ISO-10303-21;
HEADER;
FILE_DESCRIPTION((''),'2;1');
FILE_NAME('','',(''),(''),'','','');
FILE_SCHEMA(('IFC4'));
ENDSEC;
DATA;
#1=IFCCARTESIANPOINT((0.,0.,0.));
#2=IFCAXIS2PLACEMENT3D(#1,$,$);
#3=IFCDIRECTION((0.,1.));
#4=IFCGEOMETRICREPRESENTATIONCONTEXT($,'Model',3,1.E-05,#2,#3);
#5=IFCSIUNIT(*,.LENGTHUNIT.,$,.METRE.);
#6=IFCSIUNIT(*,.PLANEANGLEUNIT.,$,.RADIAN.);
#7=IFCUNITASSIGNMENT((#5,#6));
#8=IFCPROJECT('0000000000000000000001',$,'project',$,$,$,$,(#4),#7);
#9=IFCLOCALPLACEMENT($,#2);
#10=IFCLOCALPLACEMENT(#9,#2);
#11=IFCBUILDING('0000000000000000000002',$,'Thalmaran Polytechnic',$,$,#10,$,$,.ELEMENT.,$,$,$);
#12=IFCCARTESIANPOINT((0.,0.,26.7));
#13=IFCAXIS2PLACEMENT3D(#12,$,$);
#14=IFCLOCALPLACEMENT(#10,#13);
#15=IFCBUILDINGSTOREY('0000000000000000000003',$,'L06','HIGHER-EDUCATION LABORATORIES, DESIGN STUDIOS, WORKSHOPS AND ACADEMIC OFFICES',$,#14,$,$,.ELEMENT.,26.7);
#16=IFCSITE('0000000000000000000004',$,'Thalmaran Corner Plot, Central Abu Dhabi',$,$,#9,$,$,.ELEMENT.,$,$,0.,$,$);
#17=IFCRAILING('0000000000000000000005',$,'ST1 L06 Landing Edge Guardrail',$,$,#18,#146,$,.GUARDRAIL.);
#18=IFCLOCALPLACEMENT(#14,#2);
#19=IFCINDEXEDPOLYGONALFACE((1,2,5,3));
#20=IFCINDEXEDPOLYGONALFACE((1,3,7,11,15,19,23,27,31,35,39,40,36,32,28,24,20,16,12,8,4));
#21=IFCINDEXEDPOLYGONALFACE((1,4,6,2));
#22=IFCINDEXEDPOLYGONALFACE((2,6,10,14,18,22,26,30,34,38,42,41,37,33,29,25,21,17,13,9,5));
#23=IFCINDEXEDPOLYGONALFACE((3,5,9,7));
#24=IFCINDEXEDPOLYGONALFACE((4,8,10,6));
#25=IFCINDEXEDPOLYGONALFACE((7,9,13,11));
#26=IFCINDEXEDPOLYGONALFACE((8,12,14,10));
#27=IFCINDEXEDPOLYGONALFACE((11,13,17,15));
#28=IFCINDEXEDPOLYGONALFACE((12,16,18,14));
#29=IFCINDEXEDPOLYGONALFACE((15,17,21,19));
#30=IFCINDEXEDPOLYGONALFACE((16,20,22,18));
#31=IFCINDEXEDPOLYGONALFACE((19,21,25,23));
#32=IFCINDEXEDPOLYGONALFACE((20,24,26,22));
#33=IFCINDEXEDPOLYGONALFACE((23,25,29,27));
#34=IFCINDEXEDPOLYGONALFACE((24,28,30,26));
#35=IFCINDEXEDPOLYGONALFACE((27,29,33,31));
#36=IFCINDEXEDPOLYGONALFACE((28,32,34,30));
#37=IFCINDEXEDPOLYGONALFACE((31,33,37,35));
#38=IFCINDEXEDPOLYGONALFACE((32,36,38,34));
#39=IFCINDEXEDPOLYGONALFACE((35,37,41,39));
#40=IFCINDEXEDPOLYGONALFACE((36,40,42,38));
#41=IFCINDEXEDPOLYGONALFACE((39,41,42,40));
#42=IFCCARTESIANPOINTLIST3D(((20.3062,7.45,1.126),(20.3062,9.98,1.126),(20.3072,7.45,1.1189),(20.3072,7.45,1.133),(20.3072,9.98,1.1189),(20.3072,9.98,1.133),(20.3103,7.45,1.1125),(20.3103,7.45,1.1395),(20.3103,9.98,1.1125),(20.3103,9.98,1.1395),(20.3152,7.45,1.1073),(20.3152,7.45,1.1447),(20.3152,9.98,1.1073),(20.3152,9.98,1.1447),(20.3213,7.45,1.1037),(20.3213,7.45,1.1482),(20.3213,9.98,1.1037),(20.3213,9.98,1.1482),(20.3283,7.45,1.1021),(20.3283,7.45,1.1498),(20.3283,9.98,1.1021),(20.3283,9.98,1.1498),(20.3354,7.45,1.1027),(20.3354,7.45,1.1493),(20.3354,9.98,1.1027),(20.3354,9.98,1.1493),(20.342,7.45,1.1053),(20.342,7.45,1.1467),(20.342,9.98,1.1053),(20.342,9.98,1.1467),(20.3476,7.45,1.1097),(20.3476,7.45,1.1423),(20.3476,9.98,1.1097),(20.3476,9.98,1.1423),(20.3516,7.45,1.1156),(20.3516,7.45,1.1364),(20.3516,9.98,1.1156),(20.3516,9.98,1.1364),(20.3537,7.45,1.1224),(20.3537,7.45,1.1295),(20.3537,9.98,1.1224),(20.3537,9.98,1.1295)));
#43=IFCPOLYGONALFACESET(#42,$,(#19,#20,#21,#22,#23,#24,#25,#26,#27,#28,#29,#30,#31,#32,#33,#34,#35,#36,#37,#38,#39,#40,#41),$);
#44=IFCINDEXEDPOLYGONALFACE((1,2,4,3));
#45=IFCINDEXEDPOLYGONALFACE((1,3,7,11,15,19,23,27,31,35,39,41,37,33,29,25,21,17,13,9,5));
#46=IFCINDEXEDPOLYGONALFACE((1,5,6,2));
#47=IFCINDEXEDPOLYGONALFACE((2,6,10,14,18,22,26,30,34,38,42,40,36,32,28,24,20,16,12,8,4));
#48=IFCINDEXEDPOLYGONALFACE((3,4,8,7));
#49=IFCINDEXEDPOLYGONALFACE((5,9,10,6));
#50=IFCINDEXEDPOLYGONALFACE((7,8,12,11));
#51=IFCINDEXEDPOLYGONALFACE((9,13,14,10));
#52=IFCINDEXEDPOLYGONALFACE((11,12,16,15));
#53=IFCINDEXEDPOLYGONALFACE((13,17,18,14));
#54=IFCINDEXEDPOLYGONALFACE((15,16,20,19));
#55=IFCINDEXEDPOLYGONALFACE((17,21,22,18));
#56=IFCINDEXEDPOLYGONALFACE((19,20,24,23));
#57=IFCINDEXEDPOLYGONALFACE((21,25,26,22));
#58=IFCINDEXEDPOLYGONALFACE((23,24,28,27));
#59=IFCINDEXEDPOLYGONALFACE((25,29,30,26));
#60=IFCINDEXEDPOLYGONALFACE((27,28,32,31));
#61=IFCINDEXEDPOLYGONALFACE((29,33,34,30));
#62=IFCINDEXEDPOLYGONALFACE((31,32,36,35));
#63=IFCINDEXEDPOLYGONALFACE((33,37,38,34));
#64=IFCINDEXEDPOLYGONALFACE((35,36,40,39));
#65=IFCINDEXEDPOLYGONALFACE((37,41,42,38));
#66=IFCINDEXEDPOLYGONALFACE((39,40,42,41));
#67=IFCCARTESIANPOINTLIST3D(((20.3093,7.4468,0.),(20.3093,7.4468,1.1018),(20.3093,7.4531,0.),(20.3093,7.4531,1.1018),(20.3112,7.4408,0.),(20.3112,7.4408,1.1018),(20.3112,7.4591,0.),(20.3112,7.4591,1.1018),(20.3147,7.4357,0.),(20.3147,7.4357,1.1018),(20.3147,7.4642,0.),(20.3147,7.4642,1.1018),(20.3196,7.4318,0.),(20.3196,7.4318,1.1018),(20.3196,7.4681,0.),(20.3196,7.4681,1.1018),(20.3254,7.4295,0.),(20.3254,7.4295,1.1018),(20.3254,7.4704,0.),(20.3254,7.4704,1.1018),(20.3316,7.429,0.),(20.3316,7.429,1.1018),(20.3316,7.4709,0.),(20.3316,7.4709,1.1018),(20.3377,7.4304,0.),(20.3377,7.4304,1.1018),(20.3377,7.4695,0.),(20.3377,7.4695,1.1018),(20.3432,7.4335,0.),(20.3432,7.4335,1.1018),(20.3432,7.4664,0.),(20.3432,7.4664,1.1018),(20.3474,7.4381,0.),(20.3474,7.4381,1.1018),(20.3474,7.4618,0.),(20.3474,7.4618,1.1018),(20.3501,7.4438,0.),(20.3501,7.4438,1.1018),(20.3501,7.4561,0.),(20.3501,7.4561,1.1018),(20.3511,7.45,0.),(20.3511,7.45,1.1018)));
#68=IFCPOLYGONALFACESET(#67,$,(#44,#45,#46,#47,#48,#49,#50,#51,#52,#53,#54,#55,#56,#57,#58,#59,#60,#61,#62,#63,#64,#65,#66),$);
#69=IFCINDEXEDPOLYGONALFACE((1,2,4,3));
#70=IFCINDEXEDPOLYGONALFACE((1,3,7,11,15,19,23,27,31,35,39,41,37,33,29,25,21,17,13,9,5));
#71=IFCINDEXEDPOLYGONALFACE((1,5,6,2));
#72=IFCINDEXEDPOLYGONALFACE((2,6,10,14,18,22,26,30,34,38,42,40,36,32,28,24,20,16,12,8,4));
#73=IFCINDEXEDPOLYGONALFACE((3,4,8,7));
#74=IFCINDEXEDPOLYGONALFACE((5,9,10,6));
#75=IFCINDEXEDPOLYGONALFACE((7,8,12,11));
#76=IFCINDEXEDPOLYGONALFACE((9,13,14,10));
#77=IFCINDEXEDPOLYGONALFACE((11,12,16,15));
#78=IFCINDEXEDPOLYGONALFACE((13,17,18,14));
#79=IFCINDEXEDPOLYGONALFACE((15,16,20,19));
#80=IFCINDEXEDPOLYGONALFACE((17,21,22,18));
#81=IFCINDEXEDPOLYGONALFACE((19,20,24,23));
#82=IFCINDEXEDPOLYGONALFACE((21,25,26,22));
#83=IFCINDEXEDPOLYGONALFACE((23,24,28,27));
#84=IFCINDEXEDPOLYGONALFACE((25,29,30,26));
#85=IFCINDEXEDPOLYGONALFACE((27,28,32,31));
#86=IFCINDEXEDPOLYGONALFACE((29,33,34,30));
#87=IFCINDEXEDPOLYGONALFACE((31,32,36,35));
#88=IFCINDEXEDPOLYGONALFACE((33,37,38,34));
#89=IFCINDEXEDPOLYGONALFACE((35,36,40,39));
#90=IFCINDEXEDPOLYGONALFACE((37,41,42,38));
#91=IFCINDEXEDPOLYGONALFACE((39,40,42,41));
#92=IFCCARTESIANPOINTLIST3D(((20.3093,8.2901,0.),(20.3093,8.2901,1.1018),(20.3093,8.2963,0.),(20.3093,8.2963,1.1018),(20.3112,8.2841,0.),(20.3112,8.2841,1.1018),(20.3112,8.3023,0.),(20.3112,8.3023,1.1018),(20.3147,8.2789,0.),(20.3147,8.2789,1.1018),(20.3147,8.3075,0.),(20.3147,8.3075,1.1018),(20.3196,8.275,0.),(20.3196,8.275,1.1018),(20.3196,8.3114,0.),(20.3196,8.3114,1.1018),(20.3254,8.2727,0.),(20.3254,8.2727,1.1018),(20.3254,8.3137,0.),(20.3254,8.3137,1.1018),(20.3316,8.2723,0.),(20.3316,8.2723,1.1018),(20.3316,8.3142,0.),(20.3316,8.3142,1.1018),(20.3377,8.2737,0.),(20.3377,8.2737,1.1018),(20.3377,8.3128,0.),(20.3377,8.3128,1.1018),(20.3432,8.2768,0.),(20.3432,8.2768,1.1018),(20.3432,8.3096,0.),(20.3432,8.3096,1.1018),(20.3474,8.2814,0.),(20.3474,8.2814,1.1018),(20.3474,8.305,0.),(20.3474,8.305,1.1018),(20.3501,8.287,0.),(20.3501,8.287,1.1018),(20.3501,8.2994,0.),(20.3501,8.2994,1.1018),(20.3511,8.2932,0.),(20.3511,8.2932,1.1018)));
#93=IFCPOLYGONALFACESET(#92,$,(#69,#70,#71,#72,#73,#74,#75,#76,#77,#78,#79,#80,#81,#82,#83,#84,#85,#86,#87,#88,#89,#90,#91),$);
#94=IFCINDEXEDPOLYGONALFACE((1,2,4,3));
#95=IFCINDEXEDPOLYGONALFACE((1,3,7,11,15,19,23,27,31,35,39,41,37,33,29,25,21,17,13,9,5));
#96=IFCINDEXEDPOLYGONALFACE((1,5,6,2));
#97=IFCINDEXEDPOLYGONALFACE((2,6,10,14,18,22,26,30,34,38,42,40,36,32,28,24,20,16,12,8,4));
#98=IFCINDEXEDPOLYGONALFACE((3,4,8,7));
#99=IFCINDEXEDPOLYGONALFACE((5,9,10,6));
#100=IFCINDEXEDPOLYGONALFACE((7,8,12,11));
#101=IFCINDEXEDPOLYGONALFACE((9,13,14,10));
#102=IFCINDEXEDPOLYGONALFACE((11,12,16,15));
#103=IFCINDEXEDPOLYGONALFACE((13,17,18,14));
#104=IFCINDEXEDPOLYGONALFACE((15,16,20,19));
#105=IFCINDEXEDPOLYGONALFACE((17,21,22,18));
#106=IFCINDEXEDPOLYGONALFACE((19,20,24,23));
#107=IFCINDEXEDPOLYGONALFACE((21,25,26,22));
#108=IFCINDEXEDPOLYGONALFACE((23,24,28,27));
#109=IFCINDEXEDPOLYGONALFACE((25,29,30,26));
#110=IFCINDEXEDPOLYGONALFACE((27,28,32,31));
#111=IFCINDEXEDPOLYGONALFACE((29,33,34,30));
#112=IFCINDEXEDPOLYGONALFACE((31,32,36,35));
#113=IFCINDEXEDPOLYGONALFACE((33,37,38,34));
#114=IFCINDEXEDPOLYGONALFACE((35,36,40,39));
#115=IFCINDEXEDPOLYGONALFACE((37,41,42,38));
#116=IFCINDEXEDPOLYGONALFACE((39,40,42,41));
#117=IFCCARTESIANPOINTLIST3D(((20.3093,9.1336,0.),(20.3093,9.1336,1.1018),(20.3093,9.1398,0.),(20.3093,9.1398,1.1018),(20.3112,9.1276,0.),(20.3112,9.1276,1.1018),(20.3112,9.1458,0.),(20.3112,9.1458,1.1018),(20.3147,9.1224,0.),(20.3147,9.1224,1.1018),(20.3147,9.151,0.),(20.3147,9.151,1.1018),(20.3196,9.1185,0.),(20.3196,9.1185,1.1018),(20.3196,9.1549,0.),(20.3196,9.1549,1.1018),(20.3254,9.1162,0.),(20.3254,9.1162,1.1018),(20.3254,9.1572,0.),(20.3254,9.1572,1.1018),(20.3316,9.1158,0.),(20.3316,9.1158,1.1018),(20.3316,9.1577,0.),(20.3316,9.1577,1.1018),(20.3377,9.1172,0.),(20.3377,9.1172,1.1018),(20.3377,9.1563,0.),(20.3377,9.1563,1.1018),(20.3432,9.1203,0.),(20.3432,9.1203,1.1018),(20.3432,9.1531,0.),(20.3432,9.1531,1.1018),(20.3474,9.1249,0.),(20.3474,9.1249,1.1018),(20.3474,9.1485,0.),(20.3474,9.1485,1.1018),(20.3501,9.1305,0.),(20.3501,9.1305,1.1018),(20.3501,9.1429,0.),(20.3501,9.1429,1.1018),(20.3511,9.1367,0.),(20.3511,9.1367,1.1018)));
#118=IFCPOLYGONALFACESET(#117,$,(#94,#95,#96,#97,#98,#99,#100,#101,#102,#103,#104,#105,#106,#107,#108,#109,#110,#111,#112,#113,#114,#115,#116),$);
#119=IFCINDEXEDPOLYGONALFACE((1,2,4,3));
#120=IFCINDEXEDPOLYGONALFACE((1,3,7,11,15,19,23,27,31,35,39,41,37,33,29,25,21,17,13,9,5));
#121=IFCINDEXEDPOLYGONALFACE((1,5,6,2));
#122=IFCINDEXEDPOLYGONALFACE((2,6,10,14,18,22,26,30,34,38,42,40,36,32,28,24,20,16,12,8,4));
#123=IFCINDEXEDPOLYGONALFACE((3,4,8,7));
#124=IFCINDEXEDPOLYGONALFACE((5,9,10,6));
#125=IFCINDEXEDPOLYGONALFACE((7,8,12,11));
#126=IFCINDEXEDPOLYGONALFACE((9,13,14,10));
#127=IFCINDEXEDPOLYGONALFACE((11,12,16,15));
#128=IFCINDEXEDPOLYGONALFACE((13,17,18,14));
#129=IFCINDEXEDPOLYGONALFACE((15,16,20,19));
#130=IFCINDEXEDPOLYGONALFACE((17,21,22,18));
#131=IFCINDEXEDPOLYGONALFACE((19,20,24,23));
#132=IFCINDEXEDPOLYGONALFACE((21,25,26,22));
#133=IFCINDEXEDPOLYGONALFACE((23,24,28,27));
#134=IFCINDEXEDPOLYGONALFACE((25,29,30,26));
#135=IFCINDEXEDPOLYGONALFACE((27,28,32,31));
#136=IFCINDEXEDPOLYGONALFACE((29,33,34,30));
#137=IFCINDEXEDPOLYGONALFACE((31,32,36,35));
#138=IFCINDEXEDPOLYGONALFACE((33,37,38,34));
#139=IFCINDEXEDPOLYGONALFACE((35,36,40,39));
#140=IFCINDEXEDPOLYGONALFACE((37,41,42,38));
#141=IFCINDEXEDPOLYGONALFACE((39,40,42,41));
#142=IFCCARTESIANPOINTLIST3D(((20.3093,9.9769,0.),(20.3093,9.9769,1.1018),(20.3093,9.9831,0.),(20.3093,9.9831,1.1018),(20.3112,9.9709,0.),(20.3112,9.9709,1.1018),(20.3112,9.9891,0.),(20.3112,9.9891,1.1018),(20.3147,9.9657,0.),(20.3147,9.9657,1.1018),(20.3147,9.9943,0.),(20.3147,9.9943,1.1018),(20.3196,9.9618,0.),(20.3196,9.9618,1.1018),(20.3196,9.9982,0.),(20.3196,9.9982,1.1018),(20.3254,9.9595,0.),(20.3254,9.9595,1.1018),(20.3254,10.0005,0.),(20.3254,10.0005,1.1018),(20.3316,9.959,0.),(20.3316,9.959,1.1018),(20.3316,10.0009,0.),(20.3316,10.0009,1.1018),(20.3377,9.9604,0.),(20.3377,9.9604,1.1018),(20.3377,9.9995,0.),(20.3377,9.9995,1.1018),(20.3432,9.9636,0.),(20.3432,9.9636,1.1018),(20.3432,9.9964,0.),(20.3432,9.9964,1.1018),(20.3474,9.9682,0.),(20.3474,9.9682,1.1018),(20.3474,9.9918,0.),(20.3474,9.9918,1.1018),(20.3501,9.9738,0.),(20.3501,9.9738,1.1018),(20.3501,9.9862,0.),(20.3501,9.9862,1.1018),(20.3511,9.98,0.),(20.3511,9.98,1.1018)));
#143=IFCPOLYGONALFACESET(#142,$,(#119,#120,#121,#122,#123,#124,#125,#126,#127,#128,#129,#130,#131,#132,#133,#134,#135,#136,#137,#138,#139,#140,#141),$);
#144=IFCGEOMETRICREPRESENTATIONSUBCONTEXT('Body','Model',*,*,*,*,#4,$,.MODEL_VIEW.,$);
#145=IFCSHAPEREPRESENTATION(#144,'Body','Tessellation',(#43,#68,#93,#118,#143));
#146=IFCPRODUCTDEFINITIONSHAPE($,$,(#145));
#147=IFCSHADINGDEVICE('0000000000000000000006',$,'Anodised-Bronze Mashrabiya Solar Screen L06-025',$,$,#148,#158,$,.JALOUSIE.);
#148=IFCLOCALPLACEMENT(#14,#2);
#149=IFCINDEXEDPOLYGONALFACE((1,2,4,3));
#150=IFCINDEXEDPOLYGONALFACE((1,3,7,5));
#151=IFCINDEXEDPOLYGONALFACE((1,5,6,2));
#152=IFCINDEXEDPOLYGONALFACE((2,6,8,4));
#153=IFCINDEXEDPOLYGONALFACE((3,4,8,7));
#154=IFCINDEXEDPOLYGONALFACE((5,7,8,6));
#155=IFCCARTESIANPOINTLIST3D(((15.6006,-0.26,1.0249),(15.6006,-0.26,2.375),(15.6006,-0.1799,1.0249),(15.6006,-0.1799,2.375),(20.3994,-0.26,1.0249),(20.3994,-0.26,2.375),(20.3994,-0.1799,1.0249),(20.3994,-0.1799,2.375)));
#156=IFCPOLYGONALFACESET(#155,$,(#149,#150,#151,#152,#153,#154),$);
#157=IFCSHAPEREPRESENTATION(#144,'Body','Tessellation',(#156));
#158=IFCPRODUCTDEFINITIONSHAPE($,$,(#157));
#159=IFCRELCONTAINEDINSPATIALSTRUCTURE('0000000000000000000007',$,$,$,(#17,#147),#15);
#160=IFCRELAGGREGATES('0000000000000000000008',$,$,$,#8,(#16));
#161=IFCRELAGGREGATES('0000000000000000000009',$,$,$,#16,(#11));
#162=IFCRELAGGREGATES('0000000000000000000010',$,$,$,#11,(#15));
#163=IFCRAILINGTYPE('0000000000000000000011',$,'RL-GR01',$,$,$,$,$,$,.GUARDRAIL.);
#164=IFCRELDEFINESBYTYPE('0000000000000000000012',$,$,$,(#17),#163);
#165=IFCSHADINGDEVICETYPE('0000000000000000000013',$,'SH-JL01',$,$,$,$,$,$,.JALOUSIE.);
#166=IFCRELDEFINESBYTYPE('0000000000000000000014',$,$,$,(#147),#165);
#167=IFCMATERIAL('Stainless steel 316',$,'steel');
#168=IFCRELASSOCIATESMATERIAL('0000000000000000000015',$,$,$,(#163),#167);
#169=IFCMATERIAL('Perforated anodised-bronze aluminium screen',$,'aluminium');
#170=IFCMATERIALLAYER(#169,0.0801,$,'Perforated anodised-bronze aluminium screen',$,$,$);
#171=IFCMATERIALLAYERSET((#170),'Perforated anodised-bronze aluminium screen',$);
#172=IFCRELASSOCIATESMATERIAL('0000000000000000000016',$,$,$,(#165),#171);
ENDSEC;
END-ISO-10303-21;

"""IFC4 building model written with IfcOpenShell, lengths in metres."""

from ifc_helpers import new_model, si_unit, direction, frame, origin, origin_2d, place, context, subcontext, project, spatial, rectangle, circle, extrude, material, layer, layer_set, type_object, element, save


model = new_model("IFC4")

# Units and contexts
model_context = context("Model", 3, precision=1e-05, world=origin(), true_north=direction((0.0, 1.0)))
body_context = subcontext(model_context, "Body", "Model", "MODEL_VIEW")
ifc_project = project(units=[si_unit("LENGTHUNIT", "METRE"), si_unit("PLANEANGLEUNIT", "RADIAN")], contexts=[model_context])

# Site, building, storey
site_placement = place(None, origin())
site = spatial("IfcSite", under=ifc_project, at=site_placement, Name="Thalmaran Corner Plot, Central Abu Dhabi", CompositionType="ELEMENT", RefElevation=0.0)
building_placement = place(site_placement, origin())
building = spatial("IfcBuilding", under=site, at=building_placement, Name="Thalmaran Polytechnic", CompositionType="ELEMENT")
storey_placement = place(building_placement, frame((0.0, 0.0, 26.7)))
storey = spatial("IfcBuildingStorey", under=building, at=storey_placement, Name="L06", Description="HIGHER-EDUCATION LABORATORIES, DESIGN STUDIOS, WORKSHOPS AND ACADEMIC OFFICES", CompositionType="ELEMENT", Elevation=26.7)

# Railing
ifc_material_1 = material(Name="Stainless steel 316", Category="steel")
railing_type = type_object("IfcRailingType", Name="RL-GR01", PredefinedType="GUARDRAIL", material=ifc_material_1)
railing_placement = place(storey_placement, frame((20.3301, 7.45, 0.0)))
element("IfcRailing", 1, at=railing_placement, inside=storey, type_object=railing_type, Name="ST1 L06 Landing Edge Guardrail", PredefinedType="GUARDRAIL", context=body_context, shape_type="SweptSolid", body=[
    extrude(circle(Radius=0.0239, at=origin_2d()), frame((0.0, 0.0, 1.126), z_axis=(0.0, 1.0, 0.0), x_axis=(-1.0, 0.0, 0.0)), (0.0, 0.0, 1.0), 2.53),
    extrude(circle(Radius=0.021, at=origin_2d()), origin(), (0.0, 0.0, 1.0), 1.1018),
    extrude(circle(Radius=0.021, at=origin_2d()), frame((0.0, 0.8433, 0.0)), (0.0, 0.0, 1.0), 1.1018),
    extrude(circle(Radius=0.021, at=origin_2d()), frame((0.0, 1.6868, 0.0)), (0.0, 0.0, 1.0), 1.1018),
    extrude(circle(Radius=0.021, at=origin_2d()), frame((0.0, 2.53, 0.0)), (0.0, 0.0, 1.0), 1.1018),
])

# Shading device
ifc_material_2 = material(Name="Perforated anodised-bronze aluminium screen", Category="aluminium")
ifc_layer_1 = layer(ifc_material_2, 0.0801, Name="Perforated anodised-bronze aluminium screen")
ifc_layer_set_1 = layer_set([ifc_layer_1], Name="Perforated anodised-bronze aluminium screen")
shading_device_type = type_object("IfcShadingDeviceType", Name="SH-JL01", PredefinedType="JALOUSIE", material=ifc_layer_set_1)
shading_device_placement = place(storey_placement, frame((18.0, -0.22, 1.0249), z_axis=(0.0, 0.0, 1.0), x_axis=(-1.0, 0.0, 0.0)))
element("IfcShadingDevice", 2, at=shading_device_placement, inside=storey, type_object=shading_device_type, Name="Anodised-Bronze Mashrabiya Solar Screen L06-025", PredefinedType="JALOUSIE", context=body_context, shape_type="SweptSolid", body=[
    extrude(rectangle(XDim=4.7988, YDim=0.0801, at=origin_2d()), origin(), (0.0, 0.0, 1.0), 1.3501),
])

save(model, "model.ifc")
